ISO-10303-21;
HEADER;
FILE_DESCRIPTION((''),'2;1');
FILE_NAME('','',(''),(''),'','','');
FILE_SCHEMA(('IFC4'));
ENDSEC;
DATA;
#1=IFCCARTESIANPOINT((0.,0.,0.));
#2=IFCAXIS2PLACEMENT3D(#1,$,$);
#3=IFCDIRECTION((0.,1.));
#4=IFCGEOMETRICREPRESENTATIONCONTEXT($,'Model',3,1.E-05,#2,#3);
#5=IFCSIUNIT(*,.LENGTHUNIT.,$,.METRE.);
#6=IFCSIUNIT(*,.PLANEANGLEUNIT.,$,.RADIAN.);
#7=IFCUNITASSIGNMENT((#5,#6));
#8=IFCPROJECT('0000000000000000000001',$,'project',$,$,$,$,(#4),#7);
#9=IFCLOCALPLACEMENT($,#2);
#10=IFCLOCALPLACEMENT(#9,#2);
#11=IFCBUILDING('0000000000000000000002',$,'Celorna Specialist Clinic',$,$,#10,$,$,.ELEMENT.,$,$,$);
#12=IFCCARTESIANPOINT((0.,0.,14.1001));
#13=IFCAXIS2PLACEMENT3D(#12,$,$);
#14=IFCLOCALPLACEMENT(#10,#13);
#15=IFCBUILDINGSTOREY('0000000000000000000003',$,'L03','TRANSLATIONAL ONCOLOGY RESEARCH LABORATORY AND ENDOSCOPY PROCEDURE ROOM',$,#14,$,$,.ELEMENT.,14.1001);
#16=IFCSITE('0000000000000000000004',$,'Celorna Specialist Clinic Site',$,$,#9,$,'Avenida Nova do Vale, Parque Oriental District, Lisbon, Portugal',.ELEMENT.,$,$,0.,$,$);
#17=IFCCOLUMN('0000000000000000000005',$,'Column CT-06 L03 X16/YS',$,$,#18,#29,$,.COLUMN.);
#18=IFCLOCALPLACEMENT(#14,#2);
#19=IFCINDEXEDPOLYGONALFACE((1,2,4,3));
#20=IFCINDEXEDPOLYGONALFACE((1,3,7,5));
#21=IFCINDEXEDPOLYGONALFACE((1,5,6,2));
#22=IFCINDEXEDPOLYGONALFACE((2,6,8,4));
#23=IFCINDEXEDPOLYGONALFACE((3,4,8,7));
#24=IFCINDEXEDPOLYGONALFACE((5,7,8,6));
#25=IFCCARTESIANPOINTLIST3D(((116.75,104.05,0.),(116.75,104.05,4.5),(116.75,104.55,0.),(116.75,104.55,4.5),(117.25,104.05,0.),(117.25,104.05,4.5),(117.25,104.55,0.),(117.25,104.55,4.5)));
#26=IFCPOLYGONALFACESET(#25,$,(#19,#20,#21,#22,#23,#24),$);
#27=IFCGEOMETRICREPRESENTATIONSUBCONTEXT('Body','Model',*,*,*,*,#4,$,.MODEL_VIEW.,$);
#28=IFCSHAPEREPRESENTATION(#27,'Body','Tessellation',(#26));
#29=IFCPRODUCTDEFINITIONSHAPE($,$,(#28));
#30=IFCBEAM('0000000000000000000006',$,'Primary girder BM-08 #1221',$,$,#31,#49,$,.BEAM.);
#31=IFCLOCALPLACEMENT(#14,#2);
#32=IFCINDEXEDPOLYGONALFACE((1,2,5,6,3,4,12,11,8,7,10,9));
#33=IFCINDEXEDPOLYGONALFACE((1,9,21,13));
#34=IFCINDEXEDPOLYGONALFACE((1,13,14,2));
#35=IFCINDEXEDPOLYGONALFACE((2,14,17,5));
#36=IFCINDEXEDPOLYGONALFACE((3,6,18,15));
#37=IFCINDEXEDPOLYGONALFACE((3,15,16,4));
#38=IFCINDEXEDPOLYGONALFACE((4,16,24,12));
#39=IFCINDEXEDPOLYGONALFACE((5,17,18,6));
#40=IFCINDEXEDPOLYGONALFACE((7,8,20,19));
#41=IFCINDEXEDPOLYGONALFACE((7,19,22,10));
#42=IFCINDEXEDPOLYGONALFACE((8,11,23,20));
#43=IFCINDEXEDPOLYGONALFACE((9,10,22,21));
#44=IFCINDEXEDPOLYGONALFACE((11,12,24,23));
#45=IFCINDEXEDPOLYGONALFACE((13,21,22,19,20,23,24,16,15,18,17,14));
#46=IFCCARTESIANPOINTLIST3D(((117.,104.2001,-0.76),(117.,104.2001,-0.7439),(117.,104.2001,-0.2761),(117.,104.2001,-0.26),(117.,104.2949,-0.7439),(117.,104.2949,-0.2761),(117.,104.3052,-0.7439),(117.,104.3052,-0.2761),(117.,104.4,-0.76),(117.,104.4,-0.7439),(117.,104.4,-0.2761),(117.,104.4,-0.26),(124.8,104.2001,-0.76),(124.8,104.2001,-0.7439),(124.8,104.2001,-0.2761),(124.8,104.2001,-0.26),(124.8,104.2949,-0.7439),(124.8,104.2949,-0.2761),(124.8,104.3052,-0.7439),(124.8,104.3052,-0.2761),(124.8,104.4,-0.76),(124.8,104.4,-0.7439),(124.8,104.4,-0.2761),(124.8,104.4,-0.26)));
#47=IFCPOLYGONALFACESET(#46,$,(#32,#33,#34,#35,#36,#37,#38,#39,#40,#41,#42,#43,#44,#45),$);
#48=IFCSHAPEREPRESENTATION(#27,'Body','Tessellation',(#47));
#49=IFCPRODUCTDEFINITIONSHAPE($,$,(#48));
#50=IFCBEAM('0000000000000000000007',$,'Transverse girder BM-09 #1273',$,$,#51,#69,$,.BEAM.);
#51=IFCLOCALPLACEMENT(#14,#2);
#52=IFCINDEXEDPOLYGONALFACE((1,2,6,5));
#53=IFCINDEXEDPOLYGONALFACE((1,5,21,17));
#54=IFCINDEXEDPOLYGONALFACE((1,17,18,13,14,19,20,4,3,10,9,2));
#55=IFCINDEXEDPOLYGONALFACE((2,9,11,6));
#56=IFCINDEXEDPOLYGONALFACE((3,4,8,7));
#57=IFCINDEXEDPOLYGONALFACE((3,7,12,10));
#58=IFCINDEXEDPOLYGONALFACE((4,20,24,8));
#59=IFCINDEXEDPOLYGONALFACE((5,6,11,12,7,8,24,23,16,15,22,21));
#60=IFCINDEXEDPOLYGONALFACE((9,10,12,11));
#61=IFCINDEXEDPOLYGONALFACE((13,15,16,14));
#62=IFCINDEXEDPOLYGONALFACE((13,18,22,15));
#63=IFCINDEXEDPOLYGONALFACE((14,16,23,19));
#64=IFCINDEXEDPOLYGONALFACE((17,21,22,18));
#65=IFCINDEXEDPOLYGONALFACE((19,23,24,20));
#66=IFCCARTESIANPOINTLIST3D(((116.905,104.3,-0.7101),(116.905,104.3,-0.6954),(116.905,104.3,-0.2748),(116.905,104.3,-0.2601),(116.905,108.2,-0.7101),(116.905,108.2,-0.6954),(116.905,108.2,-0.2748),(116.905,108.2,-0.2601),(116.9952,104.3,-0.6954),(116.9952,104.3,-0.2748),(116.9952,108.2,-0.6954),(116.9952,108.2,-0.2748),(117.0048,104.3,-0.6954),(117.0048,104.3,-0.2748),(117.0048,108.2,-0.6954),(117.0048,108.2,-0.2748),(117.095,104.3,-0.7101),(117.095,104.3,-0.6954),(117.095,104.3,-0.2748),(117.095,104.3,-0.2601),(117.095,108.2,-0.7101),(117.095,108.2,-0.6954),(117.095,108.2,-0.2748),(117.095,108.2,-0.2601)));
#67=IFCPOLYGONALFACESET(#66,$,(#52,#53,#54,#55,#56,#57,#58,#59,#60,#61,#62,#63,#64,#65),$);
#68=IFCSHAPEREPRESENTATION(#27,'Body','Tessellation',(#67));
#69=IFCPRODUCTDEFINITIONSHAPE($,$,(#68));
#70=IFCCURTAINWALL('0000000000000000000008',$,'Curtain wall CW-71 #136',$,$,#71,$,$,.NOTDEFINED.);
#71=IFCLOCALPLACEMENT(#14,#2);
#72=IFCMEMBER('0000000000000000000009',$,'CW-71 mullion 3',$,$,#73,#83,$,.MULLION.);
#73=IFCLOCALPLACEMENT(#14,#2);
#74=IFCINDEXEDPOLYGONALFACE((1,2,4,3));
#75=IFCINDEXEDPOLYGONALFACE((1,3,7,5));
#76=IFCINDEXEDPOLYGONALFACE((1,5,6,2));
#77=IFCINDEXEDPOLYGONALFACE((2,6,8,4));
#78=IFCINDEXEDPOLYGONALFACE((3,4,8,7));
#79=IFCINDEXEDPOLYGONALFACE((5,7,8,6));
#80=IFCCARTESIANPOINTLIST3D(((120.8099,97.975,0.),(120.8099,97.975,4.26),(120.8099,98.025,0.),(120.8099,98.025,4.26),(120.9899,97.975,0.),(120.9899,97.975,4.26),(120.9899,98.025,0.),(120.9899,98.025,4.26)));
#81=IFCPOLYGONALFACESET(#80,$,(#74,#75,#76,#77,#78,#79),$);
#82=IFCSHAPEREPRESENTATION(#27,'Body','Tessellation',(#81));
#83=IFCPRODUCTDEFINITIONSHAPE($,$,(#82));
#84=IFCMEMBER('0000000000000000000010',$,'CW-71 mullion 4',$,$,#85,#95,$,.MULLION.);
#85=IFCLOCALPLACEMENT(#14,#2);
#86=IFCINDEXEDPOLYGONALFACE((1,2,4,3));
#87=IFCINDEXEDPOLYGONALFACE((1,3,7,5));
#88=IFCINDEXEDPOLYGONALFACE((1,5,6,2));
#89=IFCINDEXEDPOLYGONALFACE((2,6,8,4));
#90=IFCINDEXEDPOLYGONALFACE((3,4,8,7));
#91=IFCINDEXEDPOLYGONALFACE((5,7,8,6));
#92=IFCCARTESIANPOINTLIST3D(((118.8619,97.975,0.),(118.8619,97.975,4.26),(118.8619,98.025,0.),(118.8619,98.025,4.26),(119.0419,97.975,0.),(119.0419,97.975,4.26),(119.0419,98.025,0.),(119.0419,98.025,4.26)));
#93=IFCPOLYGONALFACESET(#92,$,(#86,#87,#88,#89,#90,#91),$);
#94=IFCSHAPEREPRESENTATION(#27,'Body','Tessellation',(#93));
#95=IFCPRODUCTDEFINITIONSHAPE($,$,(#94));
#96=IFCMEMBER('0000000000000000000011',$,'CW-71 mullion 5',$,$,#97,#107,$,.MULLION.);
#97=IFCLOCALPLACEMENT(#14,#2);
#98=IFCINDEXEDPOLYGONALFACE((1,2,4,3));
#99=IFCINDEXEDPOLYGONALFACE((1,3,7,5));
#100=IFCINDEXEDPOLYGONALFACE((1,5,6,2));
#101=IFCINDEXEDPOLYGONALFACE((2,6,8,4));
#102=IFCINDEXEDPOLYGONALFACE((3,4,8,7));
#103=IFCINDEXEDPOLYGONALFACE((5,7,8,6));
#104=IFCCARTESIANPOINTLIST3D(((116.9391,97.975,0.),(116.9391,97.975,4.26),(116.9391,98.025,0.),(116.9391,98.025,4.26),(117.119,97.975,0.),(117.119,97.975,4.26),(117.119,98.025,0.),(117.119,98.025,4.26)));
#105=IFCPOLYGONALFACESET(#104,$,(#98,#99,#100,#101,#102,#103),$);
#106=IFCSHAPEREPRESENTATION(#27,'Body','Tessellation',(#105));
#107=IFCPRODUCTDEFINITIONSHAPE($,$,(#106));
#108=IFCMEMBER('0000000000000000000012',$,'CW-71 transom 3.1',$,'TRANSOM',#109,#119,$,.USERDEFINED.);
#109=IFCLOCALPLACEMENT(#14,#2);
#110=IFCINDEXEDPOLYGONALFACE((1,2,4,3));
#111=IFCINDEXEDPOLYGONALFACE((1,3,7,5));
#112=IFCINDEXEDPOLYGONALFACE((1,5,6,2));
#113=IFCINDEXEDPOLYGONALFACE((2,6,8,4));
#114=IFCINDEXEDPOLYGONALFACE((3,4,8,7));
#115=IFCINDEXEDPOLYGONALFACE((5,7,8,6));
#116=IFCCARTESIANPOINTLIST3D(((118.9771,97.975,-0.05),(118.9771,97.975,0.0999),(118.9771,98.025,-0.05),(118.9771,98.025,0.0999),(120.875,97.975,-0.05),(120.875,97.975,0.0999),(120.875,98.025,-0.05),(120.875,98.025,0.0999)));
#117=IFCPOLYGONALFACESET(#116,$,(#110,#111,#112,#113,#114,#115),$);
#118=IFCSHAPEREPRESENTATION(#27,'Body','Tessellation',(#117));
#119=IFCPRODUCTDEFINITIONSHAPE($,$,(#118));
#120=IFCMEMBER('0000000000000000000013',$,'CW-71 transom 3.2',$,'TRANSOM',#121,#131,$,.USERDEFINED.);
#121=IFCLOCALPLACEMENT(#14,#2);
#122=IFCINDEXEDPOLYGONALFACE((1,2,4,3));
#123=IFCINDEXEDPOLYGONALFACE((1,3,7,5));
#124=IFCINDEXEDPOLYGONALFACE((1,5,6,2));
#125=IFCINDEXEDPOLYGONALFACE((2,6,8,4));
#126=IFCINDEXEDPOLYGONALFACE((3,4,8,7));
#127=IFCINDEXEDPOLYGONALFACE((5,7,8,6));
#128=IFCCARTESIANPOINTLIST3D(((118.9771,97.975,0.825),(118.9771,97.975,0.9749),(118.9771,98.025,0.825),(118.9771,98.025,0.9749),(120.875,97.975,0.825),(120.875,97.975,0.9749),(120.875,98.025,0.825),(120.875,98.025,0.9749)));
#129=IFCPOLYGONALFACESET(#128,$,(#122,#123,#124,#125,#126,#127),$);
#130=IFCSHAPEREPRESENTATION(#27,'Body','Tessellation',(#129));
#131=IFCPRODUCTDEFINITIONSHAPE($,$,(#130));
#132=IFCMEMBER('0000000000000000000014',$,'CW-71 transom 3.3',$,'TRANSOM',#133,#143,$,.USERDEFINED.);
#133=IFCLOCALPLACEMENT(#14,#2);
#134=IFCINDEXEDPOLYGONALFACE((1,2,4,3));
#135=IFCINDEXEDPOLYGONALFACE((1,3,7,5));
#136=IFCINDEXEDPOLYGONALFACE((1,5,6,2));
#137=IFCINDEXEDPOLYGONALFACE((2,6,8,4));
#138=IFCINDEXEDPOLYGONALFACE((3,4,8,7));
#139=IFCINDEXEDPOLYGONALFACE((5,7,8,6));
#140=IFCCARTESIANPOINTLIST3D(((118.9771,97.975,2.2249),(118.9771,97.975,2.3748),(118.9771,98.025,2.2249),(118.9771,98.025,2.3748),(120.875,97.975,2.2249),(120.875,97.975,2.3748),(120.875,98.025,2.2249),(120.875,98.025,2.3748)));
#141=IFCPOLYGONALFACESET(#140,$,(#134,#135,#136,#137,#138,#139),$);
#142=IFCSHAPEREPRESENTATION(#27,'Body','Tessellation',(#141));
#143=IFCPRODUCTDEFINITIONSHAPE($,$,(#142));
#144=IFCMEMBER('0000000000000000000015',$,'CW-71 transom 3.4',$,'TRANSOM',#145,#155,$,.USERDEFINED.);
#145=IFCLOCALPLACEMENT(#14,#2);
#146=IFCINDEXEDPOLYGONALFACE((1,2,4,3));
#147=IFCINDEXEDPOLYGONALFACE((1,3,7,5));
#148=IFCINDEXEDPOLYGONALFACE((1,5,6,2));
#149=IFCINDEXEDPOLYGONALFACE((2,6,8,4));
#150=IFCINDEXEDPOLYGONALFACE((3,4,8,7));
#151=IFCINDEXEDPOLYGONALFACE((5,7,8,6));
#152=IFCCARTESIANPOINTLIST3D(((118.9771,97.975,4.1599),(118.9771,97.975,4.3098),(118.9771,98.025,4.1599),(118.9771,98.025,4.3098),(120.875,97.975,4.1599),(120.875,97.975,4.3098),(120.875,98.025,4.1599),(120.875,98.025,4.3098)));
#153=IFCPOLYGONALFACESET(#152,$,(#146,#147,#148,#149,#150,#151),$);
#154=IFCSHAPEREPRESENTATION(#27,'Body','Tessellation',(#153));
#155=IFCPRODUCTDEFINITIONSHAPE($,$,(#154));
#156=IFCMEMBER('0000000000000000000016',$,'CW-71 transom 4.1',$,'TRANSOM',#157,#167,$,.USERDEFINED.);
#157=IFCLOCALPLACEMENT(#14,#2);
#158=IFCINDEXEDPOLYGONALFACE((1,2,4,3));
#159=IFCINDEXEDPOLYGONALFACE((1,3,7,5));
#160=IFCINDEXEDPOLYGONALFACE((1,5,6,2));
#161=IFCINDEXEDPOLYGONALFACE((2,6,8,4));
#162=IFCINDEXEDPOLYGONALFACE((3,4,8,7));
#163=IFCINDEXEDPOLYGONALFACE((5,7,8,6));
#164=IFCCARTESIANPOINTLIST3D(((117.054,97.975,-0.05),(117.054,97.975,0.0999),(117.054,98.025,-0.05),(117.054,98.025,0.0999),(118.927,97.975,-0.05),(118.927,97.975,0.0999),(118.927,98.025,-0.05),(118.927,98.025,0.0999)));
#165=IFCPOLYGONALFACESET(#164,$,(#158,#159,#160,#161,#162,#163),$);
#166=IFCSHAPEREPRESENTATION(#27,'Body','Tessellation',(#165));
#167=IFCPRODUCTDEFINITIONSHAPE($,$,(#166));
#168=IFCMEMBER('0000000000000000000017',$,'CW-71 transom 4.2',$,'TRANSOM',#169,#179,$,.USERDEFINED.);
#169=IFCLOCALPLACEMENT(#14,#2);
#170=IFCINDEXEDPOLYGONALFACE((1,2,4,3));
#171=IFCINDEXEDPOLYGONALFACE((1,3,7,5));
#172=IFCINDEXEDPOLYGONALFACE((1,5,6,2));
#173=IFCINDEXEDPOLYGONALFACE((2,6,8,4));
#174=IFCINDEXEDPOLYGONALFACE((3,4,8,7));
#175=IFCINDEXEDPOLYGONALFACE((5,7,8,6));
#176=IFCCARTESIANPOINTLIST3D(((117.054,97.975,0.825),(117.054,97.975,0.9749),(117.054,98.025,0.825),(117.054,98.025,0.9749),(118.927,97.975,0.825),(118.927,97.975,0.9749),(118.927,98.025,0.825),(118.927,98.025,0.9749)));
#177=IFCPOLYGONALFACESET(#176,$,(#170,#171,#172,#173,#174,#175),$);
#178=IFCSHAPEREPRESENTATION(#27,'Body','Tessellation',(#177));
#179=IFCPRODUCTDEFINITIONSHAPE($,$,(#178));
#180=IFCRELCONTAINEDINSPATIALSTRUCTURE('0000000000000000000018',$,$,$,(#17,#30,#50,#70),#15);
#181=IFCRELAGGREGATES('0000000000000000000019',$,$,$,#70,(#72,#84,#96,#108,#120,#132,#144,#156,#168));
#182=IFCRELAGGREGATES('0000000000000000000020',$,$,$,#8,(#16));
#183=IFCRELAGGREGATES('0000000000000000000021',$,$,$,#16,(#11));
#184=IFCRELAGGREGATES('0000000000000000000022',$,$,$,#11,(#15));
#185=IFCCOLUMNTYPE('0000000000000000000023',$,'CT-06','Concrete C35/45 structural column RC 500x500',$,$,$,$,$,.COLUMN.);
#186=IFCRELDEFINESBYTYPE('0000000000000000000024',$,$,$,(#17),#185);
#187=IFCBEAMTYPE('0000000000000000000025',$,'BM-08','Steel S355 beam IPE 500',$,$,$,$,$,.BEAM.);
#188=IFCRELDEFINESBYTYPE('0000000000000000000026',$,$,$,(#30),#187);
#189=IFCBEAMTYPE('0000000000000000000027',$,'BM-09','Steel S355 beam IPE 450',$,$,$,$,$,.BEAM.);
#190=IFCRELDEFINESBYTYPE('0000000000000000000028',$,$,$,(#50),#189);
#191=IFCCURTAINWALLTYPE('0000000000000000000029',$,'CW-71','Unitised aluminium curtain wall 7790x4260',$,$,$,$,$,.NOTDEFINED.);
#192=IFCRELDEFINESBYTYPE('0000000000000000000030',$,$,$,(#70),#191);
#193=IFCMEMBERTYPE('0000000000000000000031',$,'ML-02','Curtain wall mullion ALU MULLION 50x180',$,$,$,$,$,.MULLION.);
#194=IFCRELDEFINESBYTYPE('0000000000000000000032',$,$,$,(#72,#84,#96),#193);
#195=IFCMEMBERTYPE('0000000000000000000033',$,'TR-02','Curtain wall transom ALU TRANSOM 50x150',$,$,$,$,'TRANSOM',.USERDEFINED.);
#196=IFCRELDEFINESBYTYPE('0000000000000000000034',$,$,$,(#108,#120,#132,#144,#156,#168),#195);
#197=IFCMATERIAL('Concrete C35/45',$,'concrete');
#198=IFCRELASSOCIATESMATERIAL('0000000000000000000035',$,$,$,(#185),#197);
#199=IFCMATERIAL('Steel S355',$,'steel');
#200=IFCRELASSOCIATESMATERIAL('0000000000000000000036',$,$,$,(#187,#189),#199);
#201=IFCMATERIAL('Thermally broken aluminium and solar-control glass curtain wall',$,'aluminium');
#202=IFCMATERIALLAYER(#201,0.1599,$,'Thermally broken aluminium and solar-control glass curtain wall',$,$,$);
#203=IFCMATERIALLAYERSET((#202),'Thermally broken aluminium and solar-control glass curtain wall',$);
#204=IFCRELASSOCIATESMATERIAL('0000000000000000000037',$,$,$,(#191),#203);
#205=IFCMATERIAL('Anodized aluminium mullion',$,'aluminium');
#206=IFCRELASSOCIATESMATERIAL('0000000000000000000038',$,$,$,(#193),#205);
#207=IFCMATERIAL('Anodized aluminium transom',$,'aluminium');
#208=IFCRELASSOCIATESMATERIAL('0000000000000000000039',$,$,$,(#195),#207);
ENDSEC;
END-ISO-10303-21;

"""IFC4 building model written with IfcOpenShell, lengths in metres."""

from ifc_helpers import new_model, si_unit, direction, frame, origin, origin_2d, place, context, subcontext, project, spatial, rectangle, i_section, extrude, material, layer, layer_set, material_profile, profile_set, type_object, element, aggregate, save


model = new_model("IFC4")

# Units and contexts
model_context = context("Model", 3, precision=1e-05, world=origin(), true_north=direction((0.0, 1.0)))
body_context = subcontext(model_context, "Body", "Model", "MODEL_VIEW")
ifc_project = project(units=[si_unit("LENGTHUNIT", "METRE"), si_unit("PLANEANGLEUNIT", "RADIAN")], contexts=[model_context])

# Site, building, storey
site_placement = place(None, origin())
site = spatial("IfcSite", under=ifc_project, at=site_placement, Name="Celorna Specialist Clinic Site", LongName="Avenida Nova do Vale, Parque Oriental District, Lisbon, Portugal", CompositionType="ELEMENT", RefElevation=0.0)
building_placement = place(site_placement, origin())
building = spatial("IfcBuilding", under=site, at=building_placement, Name="Celorna Specialist Clinic", CompositionType="ELEMENT")
storey_placement = place(building_placement, frame((0.0, 0.0, 14.1001)))
storey = spatial("IfcBuildingStorey", under=building, at=storey_placement, Name="L03", Description="TRANSLATIONAL ONCOLOGY RESEARCH LABORATORY AND ENDOSCOPY PROCEDURE ROOM", CompositionType="ELEMENT", Elevation=14.1001)

# Column
ifc_material_1 = material(Name="Concrete C35/45", Category="concrete")
ifc_material_profile_1 = material_profile(ifc_material_1, rectangle(XDim=0.5, YDim=0.5, at=origin_2d()), Name="RC 500x500")
ifc_profile_set_1 = profile_set([ifc_material_profile_1], Name="Concrete C35/45")
column_type = type_object("IfcColumnType", Name="CT-06", Description="Concrete C35/45 structural column RC 500x500", PredefinedType="COLUMN", material=ifc_profile_set_1)
column_placement = place(storey_placement, frame((117.0, 104.3, 0.0), z_axis=(0.0, 0.0, 1.0), x_axis=(1.0, 0.0, 0.0)))
element("IfcColumn", 1, at=column_placement, inside=storey, type_object=column_type, Name="Column CT-06 L03 X16/YS", PredefinedType="COLUMN", context=body_context, shape_type="SweptSolid", body=[
    extrude(rectangle(XDim=0.5, YDim=0.5, at=origin_2d()), origin(), (0.0, 0.0, 1.0), 4.5),
])

# Beams
ifc_material_2 = material(Name="Steel S355", Category="steel")
ifc_material_profile_2 = material_profile(ifc_material_2, i_section(OverallWidth=0.2, OverallDepth=0.5, WebThickness=0.0103, FlangeThickness=0.0161, at=origin_2d()), Name="IPE 500")
ifc_profile_set_2 = profile_set([ifc_material_profile_2], Name="Steel S355")
beam_type_1 = type_object("IfcBeamType", Name="BM-08", Description="Steel S355 beam IPE 500", PredefinedType="BEAM", material=ifc_profile_set_2)
beam_1_placement = place(storey_placement, frame((117.0, 104.3, -0.51), z_axis=(1.0, 0.0, 0.0), x_axis=(0.0, 1.0, 0.0)))
element("IfcBeam", 2, at=beam_1_placement, inside=storey, type_object=beam_type_1, Name="Primary girder BM-08 #1221", PredefinedType="BEAM", context=body_context, shape_type="SweptSolid", body=[
    extrude(i_section(OverallWidth=0.2, OverallDepth=0.5, WebThickness=0.0103, FlangeThickness=0.0161, at=origin_2d()), origin(), (0.0, 0.0, 1.0), 7.8),
])
ifc_material_profile_3 = material_profile(ifc_material_2, i_section(OverallWidth=0.1899, OverallDepth=0.45, WebThickness=0.0095, FlangeThickness=0.0146, at=origin_2d()), Name="IPE 450")
ifc_profile_set_3 = profile_set([ifc_material_profile_3], Name="Steel S355")
beam_type_2 = type_object("IfcBeamType", Name="BM-09", Description="Steel S355 beam IPE 450", PredefinedType="BEAM", material=ifc_profile_set_3)
beam_2_placement = place(storey_placement, frame((117.0, 104.3, -0.4851), z_axis=(0.0, 1.0, 0.0), x_axis=(-1.0, 0.0, 0.0)))
element("IfcBeam", 3, at=beam_2_placement, inside=storey, type_object=beam_type_2, Name="Transverse girder BM-09 #1273", PredefinedType="BEAM", context=body_context, shape_type="SweptSolid", body=[
    extrude(i_section(OverallWidth=0.1899, OverallDepth=0.45, WebThickness=0.0095, FlangeThickness=0.0146, at=origin_2d()), origin(), (0.0, 0.0, 1.0), 3.8999),
])

# Curtain wall, members
ifc_material_3 = material(Name="Thermally broken aluminium and solar-control glass curtain wall", Category="aluminium")
ifc_layer_1 = layer(ifc_material_3, 0.1599, Name="Thermally broken aluminium and solar-control glass curtain wall")
ifc_layer_set_1 = layer_set([ifc_layer_1], Name="Thermally broken aluminium and solar-control glass curtain wall")
curtain_wall_type = type_object("IfcCurtainWallType", Name="CW-71", Description="Unitised aluminium curtain wall 7790x4260", PredefinedType="NOTDEFINED", material=ifc_layer_set_1)
curtain_wall_placement = place(storey_placement, origin())
curtain_wall = element("IfcCurtainWall", 4, at=curtain_wall_placement, inside=storey, type_object=curtain_wall_type, Name="Curtain wall CW-71 #136", PredefinedType="NOTDEFINED")
ifc_material_4 = material(Name="Anodized aluminium mullion", Category="aluminium")
ifc_material_profile_4 = material_profile(ifc_material_4, rectangle(XDim=0.05, YDim=0.1799, at=origin_2d()), Name="ALU MULLION 50x180")
ifc_profile_set_4 = profile_set([ifc_material_profile_4], Name="Anodized aluminium mullion")
member_type_1 = type_object("IfcMemberType", Name="ML-02", Description="Curtain wall mullion ALU MULLION 50x180", PredefinedType="MULLION", material=ifc_profile_set_4)
member_1_placement = place(storey_placement, frame((120.8999, 98.0, 0.0), z_axis=(0.0, 0.0, 1.0), x_axis=(0.0, -1.0, 0.0)))
member_1 = element("IfcMember", 5, at=member_1_placement, type_object=member_type_1, Name="CW-71 mullion 3", PredefinedType="MULLION", context=body_context, shape_type="SweptSolid", body=[
    extrude(rectangle(XDim=0.05, YDim=0.1799, at=origin_2d()), origin(), (0.0, 0.0, 1.0), 4.26),
])
member_2_placement = place(storey_placement, frame((118.9519, 98.0, 0.0), z_axis=(0.0, 0.0, 1.0), x_axis=(0.0, -1.0, 0.0)))
member_2 = element("IfcMember", 6, at=member_2_placement, type_object=member_type_1, Name="CW-71 mullion 4", PredefinedType="MULLION", context=body_context, shape_type="SweptSolid", body=[
    extrude(rectangle(XDim=0.05, YDim=0.1799, at=origin_2d()), origin(), (0.0, 0.0, 1.0), 4.26),
])
member_3_placement = place(storey_placement, frame((117.0291, 98.0, 0.0), z_axis=(0.0, 0.0, 1.0), x_axis=(0.0, -1.0, 0.0)))
member_3 = element("IfcMember", 7, at=member_3_placement, type_object=member_type_1, Name="CW-71 mullion 5", PredefinedType="MULLION", context=body_context, shape_type="SweptSolid", body=[
    extrude(rectangle(XDim=0.05, YDim=0.1799, at=origin_2d()), origin(), (0.0, 0.0, 1.0), 4.26),
])
ifc_material_5 = material(Name="Anodized aluminium transom", Category="aluminium")
ifc_material_profile_5 = material_profile(ifc_material_5, rectangle(XDim=0.05, YDim=0.1499, at=origin_2d()), Name="ALU TRANSOM 50x150")
ifc_profile_set_5 = profile_set([ifc_material_profile_5], Name="Anodized aluminium transom")
member_type_2 = type_object("IfcMemberType", Name="TR-02", Description="Curtain wall transom ALU TRANSOM 50x150", ElementType="TRANSOM", PredefinedType="USERDEFINED", material=ifc_profile_set_5)
member_4_placement = place(storey_placement, frame((120.875, 98.0, 0.0249), z_axis=(-1.0, 0.0, 0.0), x_axis=(0.0, -1.0, 0.0)))
member_4 = element("IfcMember", 8, at=member_4_placement, type_object=member_type_2, Name="CW-71 transom 3.1", ObjectType="TRANSOM", PredefinedType="USERDEFINED", context=body_context, shape_type="SweptSolid", body=[
    extrude(rectangle(XDim=0.05, YDim=0.1499, at=origin_2d()), origin(), (0.0, 0.0, 1.0), 1.8979),
])
member_5_placement = place(storey_placement, frame((120.875, 98.0, 0.8999), z_axis=(-1.0, 0.0, 0.0), x_axis=(0.0, -1.0, 0.0)))
member_5 = element("IfcMember", 9, at=member_5_placement, type_object=member_type_2, Name="CW-71 transom 3.2", ObjectType="TRANSOM", PredefinedType="USERDEFINED", context=body_context, shape_type="SweptSolid", body=[
    extrude(rectangle(XDim=0.05, YDim=0.1499, at=origin_2d()), origin(), (0.0, 0.0, 1.0), 1.8979),
])
member_6_placement = place(storey_placement, frame((120.875, 98.0, 2.2998), z_axis=(-1.0, 0.0, 0.0), x_axis=(0.0, -1.0, 0.0)))
member_6 = element("IfcMember", 10, at=member_6_placement, type_object=member_type_2, Name="CW-71 transom 3.3", ObjectType="TRANSOM", PredefinedType="USERDEFINED", context=body_context, shape_type="SweptSolid", body=[
    extrude(rectangle(XDim=0.05, YDim=0.1499, at=origin_2d()), origin(), (0.0, 0.0, 1.0), 1.8979),
])
member_7_placement = place(storey_placement, frame((120.875, 98.0, 4.2349), z_axis=(-1.0, 0.0, 0.0), x_axis=(0.0, -1.0, 0.0)))
member_7 = element("IfcMember", 11, at=member_7_placement, type_object=member_type_2, Name="CW-71 transom 3.4", ObjectType="TRANSOM", PredefinedType="USERDEFINED", context=body_context, shape_type="SweptSolid", body=[
    extrude(rectangle(XDim=0.05, YDim=0.1499, at=origin_2d()), origin(), (0.0, 0.0, 1.0), 1.8979),
])
member_8_placement = place(storey_placement, frame((118.927, 98.0, 0.0249), z_axis=(-1.0, 0.0, 0.0), x_axis=(0.0, -1.0, 0.0)))
member_8 = element("IfcMember", 12, at=member_8_placement, type_object=member_type_2, Name="CW-71 transom 4.1", ObjectType="TRANSOM", PredefinedType="USERDEFINED", context=body_context, shape_type="SweptSolid", body=[
    extrude(rectangle(XDim=0.05, YDim=0.1499, at=origin_2d()), origin(), (0.0, 0.0, 1.0), 1.873),
])
member_9_placement = place(storey_placement, frame((118.927, 98.0, 0.8999), z_axis=(-1.0, 0.0, 0.0), x_axis=(0.0, -1.0, 0.0)))
member_9 = element("IfcMember", 13, at=member_9_placement, type_object=member_type_2, Name="CW-71 transom 4.2", ObjectType="TRANSOM", PredefinedType="USERDEFINED", context=body_context, shape_type="SweptSolid", body=[
    extrude(rectangle(XDim=0.05, YDim=0.1499, at=origin_2d()), origin(), (0.0, 0.0, 1.0), 1.873),
])
aggregate(curtain_wall, [member_1, member_2, member_3, member_4, member_5, member_6, member_7, member_8, member_9])

save(model, "model.ifc")
